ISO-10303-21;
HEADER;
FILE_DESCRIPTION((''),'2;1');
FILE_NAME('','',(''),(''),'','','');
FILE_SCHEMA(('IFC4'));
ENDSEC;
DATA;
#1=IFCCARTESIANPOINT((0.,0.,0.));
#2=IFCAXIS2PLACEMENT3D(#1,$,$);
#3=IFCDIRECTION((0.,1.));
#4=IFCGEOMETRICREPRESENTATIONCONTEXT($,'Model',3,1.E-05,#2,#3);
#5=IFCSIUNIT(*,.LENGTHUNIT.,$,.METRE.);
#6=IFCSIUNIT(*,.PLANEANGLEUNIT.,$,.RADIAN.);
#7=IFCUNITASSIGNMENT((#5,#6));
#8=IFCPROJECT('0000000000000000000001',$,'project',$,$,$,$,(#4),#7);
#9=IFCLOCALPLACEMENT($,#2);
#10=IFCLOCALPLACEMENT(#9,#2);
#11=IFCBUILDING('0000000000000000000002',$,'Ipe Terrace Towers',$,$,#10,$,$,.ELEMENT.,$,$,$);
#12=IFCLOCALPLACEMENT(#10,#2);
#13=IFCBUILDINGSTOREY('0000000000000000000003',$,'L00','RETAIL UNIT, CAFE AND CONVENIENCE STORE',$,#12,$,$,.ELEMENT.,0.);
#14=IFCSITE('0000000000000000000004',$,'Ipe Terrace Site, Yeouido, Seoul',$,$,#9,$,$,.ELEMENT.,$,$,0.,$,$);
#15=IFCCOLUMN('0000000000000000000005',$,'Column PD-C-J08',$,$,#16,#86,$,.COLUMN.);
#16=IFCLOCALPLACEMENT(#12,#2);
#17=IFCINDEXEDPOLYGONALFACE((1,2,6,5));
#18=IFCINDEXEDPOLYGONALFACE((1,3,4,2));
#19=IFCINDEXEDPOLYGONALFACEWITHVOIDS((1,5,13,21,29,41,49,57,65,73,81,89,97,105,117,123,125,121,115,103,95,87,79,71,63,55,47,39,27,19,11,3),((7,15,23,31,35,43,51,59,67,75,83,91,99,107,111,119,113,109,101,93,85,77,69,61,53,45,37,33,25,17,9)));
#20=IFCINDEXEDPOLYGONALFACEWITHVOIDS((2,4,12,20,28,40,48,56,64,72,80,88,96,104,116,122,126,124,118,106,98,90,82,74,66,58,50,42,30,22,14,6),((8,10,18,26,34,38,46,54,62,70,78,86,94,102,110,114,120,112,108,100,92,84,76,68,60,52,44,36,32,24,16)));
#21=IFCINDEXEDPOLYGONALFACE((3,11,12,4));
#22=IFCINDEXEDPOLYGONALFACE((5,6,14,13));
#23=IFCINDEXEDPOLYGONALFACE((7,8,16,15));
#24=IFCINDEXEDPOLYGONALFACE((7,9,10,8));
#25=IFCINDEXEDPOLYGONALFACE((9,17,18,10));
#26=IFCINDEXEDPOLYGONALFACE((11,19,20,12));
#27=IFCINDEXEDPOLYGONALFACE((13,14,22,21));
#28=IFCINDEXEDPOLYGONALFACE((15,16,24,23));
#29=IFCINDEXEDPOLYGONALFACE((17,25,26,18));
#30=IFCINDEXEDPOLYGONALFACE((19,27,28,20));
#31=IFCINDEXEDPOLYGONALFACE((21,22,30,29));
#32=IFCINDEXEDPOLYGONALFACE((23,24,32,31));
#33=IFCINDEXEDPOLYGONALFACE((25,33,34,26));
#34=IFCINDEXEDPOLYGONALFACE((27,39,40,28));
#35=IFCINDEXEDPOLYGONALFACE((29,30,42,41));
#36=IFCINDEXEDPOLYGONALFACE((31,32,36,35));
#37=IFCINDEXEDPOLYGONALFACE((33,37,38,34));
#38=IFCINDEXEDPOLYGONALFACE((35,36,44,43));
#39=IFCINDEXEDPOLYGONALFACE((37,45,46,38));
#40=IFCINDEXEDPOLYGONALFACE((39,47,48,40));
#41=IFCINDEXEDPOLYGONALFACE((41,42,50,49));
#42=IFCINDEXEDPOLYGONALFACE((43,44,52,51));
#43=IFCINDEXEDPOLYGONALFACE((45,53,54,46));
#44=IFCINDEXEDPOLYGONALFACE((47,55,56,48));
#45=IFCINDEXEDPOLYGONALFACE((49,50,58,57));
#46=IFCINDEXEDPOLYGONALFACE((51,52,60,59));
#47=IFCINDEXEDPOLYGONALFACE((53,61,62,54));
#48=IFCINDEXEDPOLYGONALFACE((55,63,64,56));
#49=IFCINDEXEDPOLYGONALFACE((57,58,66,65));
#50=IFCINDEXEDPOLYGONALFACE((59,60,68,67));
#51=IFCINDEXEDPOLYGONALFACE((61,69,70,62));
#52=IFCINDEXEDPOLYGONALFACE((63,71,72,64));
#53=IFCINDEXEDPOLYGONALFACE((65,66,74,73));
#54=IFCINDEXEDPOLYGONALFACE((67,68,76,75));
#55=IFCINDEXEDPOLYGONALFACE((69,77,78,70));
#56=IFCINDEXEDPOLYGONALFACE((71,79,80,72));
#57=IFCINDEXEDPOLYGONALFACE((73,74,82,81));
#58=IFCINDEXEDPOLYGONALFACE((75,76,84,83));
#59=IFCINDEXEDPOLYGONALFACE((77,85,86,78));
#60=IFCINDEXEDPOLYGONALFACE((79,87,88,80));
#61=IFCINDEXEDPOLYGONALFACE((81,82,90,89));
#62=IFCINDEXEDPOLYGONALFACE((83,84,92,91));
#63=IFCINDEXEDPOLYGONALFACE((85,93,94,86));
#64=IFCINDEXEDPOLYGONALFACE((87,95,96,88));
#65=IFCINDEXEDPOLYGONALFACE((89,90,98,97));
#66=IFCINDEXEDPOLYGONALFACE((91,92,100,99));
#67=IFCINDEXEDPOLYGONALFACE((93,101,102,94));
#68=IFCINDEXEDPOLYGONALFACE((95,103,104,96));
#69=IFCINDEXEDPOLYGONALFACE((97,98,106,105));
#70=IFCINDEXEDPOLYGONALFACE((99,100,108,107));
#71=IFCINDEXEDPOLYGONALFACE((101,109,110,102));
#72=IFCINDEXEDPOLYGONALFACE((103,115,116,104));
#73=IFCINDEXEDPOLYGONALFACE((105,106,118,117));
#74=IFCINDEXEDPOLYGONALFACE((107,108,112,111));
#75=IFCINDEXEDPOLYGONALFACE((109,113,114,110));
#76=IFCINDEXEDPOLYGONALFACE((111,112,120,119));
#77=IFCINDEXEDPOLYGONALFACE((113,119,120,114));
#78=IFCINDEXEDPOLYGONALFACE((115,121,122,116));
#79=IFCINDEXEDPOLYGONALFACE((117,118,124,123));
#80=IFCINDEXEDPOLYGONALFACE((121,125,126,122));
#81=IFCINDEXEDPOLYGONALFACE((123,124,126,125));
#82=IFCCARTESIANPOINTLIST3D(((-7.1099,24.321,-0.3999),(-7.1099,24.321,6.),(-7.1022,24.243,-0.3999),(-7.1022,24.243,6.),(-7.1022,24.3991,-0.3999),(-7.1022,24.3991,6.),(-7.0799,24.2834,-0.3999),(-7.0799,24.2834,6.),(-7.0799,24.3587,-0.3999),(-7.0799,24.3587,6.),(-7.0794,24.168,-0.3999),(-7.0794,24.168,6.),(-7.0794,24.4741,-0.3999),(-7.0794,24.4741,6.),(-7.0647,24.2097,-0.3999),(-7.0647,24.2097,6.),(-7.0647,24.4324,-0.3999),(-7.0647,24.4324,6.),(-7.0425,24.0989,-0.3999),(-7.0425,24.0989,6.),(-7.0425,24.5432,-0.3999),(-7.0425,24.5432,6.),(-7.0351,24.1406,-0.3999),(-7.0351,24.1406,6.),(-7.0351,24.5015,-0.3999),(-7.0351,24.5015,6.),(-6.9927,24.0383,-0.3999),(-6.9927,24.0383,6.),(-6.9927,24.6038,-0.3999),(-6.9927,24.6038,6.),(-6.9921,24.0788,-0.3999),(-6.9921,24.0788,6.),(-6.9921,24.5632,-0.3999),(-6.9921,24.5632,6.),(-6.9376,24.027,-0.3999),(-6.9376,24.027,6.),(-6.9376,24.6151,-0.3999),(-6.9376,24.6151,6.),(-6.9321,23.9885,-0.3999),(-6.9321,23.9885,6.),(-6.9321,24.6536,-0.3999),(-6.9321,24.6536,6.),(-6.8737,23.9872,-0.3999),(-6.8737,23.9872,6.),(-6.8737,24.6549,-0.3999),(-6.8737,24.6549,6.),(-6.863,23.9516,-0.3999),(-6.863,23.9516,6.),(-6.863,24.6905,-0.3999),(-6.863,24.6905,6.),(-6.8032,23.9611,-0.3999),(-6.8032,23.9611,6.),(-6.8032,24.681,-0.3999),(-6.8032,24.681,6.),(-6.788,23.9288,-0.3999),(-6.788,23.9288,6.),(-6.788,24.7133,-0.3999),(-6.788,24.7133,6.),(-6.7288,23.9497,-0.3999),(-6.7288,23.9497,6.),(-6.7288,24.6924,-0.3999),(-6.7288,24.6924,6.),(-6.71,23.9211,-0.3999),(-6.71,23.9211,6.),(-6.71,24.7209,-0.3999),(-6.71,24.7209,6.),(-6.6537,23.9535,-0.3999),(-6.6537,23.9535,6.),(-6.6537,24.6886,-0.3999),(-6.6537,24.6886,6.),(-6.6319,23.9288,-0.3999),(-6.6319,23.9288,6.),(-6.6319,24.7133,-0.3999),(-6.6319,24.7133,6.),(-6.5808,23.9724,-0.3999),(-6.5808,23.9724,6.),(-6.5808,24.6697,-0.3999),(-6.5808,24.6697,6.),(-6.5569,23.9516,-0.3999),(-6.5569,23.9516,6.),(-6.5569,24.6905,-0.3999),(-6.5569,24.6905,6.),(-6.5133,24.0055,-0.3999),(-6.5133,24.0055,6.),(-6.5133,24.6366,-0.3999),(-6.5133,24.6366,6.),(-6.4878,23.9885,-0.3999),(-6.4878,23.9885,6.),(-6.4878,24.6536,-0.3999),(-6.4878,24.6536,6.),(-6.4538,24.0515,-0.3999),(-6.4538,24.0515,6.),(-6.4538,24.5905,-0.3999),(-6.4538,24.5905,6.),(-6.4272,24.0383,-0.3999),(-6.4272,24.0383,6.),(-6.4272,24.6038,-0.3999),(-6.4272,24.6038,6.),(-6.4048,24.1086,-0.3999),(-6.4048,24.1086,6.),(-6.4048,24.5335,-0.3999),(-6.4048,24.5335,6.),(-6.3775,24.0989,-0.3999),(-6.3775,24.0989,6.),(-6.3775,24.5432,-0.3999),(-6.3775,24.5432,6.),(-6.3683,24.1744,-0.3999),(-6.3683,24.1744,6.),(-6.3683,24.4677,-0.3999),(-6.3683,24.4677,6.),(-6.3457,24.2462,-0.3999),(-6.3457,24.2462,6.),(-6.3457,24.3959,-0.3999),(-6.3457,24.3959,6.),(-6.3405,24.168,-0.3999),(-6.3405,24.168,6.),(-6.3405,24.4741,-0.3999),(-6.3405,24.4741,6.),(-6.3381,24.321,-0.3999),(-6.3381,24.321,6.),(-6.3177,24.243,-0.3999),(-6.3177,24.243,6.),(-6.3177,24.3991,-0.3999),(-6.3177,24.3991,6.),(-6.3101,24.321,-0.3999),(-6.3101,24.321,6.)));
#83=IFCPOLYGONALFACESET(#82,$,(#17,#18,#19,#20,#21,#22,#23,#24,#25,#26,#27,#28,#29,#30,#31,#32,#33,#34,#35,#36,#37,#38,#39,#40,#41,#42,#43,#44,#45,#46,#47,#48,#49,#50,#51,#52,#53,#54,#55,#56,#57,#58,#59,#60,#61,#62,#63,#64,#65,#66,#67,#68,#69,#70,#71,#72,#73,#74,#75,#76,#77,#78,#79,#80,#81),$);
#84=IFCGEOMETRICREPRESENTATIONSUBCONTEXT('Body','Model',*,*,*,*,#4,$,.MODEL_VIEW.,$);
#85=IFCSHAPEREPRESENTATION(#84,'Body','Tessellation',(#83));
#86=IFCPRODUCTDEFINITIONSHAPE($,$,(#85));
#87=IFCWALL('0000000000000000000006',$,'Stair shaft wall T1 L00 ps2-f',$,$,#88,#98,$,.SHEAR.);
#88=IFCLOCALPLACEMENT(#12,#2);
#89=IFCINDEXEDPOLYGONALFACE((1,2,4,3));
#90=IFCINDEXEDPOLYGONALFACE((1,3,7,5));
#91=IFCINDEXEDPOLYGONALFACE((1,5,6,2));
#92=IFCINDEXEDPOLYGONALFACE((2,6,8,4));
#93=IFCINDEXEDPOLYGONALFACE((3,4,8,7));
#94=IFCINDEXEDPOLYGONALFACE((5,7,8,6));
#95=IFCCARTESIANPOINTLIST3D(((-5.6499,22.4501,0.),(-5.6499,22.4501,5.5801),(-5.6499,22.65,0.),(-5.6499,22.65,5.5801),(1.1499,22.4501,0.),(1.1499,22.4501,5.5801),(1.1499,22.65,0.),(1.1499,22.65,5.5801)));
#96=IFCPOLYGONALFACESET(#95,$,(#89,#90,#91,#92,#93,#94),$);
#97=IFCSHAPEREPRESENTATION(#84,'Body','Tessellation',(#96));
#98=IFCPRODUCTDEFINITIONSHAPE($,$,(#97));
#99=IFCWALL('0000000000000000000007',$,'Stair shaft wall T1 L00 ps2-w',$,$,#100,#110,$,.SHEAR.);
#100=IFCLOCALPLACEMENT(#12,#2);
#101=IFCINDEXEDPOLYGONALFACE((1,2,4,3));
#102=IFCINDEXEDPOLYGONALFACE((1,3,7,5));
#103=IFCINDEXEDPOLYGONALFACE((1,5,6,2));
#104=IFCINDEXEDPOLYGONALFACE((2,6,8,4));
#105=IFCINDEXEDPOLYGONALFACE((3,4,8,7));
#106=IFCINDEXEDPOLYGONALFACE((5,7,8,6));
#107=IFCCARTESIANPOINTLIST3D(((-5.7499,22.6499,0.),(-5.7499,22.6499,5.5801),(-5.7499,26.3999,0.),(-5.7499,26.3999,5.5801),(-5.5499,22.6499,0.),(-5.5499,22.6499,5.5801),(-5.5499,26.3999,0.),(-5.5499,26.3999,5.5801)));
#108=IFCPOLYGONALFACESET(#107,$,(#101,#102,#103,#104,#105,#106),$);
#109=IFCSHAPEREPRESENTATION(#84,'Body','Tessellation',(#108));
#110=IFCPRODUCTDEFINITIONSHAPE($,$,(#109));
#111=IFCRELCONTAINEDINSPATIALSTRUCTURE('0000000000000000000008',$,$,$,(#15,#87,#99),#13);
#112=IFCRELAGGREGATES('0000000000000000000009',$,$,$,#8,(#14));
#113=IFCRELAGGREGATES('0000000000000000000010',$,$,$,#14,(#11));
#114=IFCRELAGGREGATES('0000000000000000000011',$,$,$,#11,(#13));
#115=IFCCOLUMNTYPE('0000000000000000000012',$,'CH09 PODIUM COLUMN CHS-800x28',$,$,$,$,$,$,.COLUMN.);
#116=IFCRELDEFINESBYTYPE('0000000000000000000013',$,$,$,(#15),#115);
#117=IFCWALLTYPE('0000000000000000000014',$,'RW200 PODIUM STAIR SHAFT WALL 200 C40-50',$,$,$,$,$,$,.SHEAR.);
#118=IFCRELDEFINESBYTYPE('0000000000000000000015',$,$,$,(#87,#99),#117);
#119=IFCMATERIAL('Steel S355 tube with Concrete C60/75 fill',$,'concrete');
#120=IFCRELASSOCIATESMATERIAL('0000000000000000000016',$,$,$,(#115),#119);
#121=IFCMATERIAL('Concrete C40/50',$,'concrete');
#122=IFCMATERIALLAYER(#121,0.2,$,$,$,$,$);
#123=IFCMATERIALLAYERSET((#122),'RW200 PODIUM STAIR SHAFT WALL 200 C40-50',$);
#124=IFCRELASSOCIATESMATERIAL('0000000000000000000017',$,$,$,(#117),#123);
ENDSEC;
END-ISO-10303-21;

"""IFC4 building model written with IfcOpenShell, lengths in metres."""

from ifc_helpers import new_model, si_unit, direction, frame, frame_2d, origin, origin_2d, place, context, subcontext, project, spatial, rectangle, hollow_circle, extrude, material, layer, layer_set, material_profile, profile_set, type_object, element, save


model = new_model("IFC4")

# Units and contexts
model_context = context("Model", 3, precision=1e-05, world=origin(), true_north=direction((0.0, 1.0)))
body_context = subcontext(model_context, "Body", "Model", "MODEL_VIEW")
ifc_project = project(units=[si_unit("LENGTHUNIT", "METRE"), si_unit("PLANEANGLEUNIT", "RADIAN")], contexts=[model_context])

# Site, building, storey
site_placement = place(None, origin())
site = spatial("IfcSite", under=ifc_project, at=site_placement, Name="Ipe Terrace Site, Yeouido, Seoul", CompositionType="ELEMENT", RefElevation=0.0)
building_placement = place(site_placement, origin())
building = spatial("IfcBuilding", under=site, at=building_placement, Name="Ipe Terrace Towers", CompositionType="ELEMENT")
storey_placement = place(building_placement, origin())
storey = spatial("IfcBuildingStorey", under=building, at=storey_placement, Name="L00", Description="RETAIL UNIT, CAFE AND CONVENIENCE STORE", CompositionType="ELEMENT", Elevation=0.0)

# Column
ifc_material_1 = material(Name="Steel S355 tube with Concrete C60/75 fill", Category="concrete")
ifc_material_profile_1 = material_profile(ifc_material_1, hollow_circle(Radius=0.3999, WallThickness=0.0281, at=origin_2d()), Name="CHS-800x28")
ifc_profile_set_1 = profile_set([ifc_material_profile_1], Name="Steel S355 tube with Concrete C60/75 fill")
column_type_1 = type_object("IfcColumnType", Name="CH09 PODIUM COLUMN CHS-800x28", PredefinedType="COLUMN", material=ifc_profile_set_1)
for number, where, z_axis, x_axis, name in (
    (1, (-6.71, 24.321, -0.3999), (0.0, 0.0, 1.0), (1.0, 0.0, 0.0), "Column PD-C-J08"),
):
    element("IfcColumn", number, at=place(storey_placement, frame(where, z_axis=z_axis, x_axis=x_axis)), inside=storey, type_object=column_type_1, Name=name, PredefinedType="COLUMN", context=body_context, shape_type="SweptSolid", body=[
        extrude(hollow_circle(Radius=0.3999, WallThickness=0.0281, at=origin_2d()), origin(), (0.0, 0.0, 1.0), 6.3999),
    ])

# Walls
ifc_material_2 = material(Name="Concrete C40/50", Category="concrete")
ifc_layer = layer(ifc_material_2, 0.2)
ifc_layer_set = layer_set([ifc_layer], Name="RW200 PODIUM STAIR SHAFT WALL 200 C40-50")
wall_type = type_object("IfcWallType", Name="RW200 PODIUM STAIR SHAFT WALL 200 C40-50", PredefinedType="SHEAR", material=ifc_layer_set)
wall_1_placement = place(storey_placement, frame((-5.6499, 22.55, 0.0), z_axis=(0.0, 0.0, 1.0), x_axis=(1.0, 0.0, 0.0)))
element("IfcWall", 2, at=wall_1_placement, inside=storey, type_object=wall_type, Name="Stair shaft wall T1 L00 ps2-f", PredefinedType="SHEAR", context=body_context, shape_type="SweptSolid", body=[
    extrude(rectangle(XDim=6.7998, YDim=0.2, at=frame_2d((3.3999, 0.0))), origin(), (0.0, 0.0, 1.0), 5.5801),
])
wall_2_placement = place(storey_placement, frame((-5.6499, 22.6499, 0.0), z_axis=(0.0, 0.0, 1.0), x_axis=(0.0, 1.0, 0.0)))
element("IfcWall", 3, at=wall_2_placement, inside=storey, type_object=wall_type, Name="Stair shaft wall T1 L00 ps2-w", PredefinedType="SHEAR", context=body_context, shape_type="SweptSolid", body=[
    extrude(rectangle(XDim=3.75, YDim=0.2, at=frame_2d((1.875, 0.0))), origin(), (0.0, 0.0, 1.0), 5.5801),
])

save(model, "model.ifc")
